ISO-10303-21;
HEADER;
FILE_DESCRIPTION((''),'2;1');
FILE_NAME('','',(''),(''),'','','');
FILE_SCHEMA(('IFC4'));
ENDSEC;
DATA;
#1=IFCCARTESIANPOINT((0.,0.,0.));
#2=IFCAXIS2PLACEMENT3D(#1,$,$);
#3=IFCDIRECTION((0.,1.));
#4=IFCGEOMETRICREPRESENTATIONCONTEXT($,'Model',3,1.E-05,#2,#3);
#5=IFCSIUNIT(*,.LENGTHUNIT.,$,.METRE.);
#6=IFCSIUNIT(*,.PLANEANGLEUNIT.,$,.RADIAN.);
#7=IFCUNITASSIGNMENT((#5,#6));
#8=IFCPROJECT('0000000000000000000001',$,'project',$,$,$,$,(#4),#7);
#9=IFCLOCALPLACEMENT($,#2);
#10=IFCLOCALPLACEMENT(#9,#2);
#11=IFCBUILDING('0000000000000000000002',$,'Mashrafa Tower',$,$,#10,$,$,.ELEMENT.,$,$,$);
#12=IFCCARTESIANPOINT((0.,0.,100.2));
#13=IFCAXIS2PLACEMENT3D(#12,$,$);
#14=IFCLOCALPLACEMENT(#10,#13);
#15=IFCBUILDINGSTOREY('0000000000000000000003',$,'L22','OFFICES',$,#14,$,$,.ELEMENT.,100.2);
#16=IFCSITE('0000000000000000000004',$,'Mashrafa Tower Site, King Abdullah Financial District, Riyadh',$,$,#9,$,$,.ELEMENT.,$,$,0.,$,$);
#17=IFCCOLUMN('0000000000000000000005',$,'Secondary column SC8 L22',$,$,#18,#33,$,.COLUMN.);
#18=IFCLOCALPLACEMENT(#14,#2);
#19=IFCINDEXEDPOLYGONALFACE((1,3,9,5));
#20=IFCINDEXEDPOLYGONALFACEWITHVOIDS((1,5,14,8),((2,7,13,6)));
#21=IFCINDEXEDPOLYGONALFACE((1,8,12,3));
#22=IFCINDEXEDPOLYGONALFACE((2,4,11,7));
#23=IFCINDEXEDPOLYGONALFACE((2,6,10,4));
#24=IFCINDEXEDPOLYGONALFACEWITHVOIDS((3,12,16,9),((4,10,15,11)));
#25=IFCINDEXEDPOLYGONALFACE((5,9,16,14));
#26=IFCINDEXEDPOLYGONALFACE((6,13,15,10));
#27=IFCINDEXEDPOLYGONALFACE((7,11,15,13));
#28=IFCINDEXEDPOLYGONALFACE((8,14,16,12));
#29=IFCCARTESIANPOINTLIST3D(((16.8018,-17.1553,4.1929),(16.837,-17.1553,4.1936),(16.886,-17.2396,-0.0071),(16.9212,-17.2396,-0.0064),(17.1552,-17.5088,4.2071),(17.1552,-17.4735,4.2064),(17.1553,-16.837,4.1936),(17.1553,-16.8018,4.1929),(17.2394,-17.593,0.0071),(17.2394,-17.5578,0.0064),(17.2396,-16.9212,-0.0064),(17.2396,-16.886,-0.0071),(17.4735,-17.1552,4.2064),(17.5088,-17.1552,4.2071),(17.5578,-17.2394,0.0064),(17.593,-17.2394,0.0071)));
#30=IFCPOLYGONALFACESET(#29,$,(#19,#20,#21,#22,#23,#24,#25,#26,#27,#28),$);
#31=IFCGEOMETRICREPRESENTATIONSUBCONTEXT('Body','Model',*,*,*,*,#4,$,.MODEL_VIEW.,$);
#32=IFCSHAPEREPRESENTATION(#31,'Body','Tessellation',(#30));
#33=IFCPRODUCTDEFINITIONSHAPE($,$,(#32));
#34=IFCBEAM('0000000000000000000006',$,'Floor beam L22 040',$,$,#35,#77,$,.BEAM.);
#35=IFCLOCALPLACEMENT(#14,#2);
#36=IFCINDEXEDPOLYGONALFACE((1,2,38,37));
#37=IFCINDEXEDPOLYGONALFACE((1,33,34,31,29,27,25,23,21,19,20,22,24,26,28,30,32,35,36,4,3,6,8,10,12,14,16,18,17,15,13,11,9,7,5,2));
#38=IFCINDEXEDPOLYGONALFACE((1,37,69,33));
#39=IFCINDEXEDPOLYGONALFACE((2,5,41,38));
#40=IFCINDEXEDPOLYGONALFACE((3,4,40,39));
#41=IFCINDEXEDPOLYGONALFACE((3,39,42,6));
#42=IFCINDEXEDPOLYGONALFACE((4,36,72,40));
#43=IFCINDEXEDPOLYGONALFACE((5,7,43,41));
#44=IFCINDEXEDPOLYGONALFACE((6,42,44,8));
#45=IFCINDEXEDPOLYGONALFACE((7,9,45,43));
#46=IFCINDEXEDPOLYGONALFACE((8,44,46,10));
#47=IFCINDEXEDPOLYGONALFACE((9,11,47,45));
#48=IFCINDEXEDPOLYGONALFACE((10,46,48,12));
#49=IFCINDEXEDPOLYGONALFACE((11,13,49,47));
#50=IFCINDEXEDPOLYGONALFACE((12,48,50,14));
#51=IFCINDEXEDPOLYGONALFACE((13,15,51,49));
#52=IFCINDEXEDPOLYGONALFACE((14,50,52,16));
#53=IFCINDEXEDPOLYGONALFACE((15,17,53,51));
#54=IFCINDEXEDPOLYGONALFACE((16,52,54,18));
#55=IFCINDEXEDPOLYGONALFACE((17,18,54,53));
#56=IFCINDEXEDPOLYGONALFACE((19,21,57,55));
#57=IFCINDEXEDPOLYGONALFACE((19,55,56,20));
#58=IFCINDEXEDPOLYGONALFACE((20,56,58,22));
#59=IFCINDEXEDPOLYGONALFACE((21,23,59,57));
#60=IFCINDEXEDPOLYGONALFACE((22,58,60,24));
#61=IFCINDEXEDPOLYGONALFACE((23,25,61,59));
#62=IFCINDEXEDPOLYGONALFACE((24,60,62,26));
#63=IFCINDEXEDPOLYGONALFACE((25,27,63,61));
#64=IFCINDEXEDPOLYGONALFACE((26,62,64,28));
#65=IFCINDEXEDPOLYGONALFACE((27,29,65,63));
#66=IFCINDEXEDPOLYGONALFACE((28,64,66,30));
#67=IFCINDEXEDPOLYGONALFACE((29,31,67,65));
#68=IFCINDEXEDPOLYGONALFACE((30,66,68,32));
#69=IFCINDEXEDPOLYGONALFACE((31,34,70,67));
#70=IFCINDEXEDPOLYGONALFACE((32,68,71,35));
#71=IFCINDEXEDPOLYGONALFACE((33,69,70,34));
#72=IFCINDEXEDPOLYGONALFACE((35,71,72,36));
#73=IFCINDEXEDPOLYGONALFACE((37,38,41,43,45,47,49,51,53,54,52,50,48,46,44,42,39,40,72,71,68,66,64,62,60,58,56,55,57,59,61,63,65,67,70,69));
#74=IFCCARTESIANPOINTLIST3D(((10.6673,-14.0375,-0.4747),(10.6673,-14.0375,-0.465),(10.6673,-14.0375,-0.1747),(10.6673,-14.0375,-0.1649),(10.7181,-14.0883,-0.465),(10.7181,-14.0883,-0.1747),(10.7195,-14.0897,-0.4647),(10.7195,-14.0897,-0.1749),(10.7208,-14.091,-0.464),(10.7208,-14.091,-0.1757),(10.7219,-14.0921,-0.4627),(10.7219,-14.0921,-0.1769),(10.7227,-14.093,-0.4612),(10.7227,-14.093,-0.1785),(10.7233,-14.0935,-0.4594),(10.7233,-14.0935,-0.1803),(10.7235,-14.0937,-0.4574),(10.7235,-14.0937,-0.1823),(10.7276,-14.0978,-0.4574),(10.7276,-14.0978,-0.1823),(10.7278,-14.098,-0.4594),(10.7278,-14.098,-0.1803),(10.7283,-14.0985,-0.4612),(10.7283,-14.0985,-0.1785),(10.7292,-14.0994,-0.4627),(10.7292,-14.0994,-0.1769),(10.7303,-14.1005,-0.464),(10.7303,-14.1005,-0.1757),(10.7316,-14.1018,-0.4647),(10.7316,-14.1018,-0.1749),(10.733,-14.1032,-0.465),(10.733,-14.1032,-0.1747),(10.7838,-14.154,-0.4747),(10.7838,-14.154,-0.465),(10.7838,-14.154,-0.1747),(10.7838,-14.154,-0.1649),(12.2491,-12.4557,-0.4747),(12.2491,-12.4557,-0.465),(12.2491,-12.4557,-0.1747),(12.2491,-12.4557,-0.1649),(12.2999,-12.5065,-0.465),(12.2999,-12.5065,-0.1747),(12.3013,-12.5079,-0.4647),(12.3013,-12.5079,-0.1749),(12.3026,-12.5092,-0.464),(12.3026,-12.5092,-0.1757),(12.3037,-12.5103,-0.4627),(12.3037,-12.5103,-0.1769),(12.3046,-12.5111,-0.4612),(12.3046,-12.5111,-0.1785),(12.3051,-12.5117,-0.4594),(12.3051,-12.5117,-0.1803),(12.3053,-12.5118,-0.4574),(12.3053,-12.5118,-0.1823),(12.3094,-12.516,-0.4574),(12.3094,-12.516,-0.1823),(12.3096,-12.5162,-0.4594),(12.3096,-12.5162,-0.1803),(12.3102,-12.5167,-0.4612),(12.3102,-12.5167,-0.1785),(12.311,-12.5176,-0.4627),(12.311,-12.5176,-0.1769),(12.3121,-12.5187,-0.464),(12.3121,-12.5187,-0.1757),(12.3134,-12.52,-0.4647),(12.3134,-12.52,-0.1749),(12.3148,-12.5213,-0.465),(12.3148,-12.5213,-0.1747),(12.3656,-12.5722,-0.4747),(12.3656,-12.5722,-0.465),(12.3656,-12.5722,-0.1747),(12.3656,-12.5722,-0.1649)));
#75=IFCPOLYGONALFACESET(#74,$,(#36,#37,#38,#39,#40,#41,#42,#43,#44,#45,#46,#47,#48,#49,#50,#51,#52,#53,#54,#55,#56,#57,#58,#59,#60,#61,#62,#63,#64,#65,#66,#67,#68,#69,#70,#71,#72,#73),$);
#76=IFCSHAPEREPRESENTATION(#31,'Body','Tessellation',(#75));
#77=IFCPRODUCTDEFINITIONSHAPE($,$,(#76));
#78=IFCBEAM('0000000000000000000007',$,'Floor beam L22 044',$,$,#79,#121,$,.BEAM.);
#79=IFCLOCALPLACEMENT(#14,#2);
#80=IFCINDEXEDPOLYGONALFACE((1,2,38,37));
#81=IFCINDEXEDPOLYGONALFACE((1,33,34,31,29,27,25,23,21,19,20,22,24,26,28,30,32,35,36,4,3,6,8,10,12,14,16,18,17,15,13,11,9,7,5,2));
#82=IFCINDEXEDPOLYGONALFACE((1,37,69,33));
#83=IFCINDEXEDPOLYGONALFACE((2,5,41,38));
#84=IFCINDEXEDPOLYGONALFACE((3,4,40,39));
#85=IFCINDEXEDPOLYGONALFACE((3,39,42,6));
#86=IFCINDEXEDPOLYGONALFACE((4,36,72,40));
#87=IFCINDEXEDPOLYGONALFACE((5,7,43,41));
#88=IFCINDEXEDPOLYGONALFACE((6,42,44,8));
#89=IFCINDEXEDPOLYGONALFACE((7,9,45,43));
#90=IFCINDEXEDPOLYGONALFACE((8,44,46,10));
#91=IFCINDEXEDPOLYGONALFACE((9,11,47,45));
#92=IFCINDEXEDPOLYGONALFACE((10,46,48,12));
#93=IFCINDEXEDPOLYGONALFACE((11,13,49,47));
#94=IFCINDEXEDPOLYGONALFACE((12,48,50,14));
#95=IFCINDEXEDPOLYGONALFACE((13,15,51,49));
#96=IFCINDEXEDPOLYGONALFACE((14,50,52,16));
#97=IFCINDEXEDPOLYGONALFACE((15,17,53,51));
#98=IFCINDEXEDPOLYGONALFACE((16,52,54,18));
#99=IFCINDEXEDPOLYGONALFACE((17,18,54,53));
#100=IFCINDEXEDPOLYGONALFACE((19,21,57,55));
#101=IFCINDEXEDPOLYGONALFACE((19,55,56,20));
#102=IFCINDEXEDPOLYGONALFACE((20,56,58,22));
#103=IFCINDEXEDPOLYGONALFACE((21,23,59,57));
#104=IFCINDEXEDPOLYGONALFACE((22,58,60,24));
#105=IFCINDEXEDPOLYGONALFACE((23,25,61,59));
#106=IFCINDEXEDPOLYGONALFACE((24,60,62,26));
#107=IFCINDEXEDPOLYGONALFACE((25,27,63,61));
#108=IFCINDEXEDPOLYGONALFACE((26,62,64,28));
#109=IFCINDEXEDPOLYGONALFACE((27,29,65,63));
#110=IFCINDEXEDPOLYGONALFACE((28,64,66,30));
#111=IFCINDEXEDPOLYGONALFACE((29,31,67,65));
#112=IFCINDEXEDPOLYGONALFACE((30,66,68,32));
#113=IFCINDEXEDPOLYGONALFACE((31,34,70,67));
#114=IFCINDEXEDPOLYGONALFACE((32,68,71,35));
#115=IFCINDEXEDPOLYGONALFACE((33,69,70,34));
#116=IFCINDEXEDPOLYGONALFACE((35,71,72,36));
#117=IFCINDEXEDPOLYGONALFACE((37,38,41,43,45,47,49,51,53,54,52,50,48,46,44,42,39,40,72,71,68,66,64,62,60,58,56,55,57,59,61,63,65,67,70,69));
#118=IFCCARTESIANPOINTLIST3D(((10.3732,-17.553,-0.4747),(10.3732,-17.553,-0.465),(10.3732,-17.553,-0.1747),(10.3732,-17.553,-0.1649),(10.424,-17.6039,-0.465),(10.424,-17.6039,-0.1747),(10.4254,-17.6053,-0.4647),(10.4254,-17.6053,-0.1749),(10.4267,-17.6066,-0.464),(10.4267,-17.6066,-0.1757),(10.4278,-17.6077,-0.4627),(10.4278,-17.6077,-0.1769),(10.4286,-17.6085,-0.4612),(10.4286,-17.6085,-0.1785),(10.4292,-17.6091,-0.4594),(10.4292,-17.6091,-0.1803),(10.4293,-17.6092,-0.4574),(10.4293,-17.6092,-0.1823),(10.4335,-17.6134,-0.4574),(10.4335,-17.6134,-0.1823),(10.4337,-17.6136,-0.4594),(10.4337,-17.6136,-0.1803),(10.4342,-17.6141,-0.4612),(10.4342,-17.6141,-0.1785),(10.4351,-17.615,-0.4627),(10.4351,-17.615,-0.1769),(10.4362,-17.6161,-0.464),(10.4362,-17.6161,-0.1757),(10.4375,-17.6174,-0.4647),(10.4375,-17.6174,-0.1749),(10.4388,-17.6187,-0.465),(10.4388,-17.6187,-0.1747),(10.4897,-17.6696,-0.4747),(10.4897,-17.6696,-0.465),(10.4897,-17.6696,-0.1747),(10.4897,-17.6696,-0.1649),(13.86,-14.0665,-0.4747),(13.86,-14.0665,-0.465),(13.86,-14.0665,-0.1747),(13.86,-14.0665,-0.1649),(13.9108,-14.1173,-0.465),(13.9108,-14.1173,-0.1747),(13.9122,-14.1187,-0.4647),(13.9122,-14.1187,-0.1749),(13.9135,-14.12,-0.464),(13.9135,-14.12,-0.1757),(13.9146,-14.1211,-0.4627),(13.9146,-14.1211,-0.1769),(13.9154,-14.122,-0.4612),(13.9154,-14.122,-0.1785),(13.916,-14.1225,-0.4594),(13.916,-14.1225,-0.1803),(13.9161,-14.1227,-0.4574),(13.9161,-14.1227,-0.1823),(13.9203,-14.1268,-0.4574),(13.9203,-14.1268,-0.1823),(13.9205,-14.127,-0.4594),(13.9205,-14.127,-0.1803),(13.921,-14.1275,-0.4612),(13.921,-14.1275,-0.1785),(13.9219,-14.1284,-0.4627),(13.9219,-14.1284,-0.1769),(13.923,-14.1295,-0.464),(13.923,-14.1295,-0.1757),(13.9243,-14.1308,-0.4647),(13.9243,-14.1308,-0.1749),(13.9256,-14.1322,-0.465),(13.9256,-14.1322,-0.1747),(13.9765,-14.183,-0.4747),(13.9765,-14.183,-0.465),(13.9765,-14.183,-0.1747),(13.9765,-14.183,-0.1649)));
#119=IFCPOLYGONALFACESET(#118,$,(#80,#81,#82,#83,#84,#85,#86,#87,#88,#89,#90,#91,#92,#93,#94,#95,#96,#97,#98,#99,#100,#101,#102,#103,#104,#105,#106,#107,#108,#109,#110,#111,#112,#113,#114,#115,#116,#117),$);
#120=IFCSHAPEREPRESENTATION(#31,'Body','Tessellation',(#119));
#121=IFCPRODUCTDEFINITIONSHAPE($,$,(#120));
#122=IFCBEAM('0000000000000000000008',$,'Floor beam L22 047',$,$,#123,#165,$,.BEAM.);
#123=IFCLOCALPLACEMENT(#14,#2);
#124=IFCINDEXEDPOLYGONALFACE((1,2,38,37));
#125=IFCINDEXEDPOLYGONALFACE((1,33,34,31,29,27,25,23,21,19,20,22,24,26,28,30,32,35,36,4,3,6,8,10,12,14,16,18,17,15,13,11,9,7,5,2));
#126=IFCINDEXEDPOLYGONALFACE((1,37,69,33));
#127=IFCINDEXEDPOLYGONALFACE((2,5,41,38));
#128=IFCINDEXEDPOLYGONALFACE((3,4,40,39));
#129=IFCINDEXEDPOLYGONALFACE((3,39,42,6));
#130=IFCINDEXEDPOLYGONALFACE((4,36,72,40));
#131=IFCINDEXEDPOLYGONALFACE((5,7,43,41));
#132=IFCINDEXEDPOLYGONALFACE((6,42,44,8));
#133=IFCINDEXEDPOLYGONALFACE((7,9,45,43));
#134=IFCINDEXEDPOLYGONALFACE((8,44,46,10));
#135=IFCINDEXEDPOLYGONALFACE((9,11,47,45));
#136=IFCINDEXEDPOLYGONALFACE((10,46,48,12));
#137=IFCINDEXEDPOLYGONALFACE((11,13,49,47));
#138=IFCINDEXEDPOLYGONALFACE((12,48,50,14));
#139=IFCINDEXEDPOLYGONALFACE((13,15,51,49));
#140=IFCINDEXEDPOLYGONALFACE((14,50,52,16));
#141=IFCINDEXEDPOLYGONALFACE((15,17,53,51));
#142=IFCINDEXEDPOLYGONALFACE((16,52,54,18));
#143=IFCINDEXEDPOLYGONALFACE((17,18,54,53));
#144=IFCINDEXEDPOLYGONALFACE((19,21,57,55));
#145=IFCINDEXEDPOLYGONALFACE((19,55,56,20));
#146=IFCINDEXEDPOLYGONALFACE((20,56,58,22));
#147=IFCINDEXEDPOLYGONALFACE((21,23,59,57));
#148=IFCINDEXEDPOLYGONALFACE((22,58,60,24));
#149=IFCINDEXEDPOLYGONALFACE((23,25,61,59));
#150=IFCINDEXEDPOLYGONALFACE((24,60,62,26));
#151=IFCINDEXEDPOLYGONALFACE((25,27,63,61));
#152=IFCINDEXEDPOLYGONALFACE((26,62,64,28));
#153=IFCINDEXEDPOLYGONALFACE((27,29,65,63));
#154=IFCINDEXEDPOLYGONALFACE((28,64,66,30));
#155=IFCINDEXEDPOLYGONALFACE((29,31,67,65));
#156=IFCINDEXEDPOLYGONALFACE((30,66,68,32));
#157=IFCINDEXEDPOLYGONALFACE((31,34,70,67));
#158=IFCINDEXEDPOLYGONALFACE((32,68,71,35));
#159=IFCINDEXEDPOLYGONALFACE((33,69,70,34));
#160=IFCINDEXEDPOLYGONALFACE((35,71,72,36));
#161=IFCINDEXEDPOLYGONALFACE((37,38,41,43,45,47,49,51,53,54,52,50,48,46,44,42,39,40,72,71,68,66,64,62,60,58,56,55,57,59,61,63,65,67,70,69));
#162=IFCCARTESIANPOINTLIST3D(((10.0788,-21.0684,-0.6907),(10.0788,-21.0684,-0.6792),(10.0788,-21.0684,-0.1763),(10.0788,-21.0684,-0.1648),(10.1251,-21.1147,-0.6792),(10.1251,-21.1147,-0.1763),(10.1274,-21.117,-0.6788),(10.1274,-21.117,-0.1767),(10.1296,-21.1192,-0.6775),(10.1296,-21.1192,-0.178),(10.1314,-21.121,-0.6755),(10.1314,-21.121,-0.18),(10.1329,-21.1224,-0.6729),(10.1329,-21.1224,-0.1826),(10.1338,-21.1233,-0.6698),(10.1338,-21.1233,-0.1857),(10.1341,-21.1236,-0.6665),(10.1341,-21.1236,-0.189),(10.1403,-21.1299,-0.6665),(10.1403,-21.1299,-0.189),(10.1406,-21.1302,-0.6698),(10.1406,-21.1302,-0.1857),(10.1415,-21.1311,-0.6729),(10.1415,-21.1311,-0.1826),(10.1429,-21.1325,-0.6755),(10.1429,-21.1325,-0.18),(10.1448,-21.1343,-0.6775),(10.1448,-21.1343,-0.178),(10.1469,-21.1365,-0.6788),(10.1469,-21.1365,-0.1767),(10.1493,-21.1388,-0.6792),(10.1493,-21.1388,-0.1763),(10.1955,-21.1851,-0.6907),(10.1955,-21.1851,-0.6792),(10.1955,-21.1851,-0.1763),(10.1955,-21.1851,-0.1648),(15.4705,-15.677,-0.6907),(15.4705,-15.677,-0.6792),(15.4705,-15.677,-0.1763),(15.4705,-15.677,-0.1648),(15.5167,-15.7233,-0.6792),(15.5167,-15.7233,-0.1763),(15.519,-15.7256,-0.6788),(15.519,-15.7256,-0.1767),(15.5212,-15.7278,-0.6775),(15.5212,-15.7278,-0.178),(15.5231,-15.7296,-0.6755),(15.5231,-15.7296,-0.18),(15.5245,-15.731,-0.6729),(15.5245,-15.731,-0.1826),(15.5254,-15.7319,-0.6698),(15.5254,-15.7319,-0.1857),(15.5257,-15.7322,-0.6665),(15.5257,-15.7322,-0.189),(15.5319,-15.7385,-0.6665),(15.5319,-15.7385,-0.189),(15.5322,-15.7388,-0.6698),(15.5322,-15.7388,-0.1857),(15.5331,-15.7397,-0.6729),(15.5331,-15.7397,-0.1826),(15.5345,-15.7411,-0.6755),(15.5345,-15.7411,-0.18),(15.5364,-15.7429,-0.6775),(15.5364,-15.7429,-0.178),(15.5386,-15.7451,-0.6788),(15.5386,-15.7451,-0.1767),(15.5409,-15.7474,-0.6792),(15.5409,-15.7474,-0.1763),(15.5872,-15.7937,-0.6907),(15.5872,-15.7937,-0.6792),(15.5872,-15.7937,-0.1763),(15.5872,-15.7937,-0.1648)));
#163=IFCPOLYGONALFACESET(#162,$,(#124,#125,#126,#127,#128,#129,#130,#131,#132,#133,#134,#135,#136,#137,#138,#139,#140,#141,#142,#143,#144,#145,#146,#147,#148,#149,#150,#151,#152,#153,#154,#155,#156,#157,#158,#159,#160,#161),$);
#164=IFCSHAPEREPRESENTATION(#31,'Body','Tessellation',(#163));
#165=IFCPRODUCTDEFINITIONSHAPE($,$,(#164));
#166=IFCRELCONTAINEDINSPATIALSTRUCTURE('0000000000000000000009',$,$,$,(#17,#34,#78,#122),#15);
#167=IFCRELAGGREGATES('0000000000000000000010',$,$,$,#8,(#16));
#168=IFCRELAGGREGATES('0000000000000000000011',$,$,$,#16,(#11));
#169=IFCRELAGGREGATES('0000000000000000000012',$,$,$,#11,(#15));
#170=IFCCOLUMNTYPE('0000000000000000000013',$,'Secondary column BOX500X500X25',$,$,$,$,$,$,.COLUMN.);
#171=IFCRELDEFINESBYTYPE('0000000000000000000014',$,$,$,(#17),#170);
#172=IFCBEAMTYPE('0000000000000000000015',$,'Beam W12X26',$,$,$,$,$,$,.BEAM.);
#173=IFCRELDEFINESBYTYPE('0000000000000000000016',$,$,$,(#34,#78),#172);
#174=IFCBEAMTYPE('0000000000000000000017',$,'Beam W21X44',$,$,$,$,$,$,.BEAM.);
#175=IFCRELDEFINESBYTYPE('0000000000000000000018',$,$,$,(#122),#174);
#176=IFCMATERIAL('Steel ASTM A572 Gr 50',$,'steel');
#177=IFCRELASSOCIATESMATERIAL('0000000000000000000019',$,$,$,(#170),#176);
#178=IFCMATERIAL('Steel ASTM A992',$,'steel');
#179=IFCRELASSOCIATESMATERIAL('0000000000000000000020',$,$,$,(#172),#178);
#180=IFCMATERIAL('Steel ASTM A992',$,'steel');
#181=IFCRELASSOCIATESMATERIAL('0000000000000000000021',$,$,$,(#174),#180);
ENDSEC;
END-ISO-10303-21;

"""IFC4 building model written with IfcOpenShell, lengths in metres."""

from ifc_helpers import new_model, si_unit, direction, frame, origin, origin_2d, place, context, subcontext, project, spatial, hollow_rectangle, i_section, extrude, material, material_profile, profile_set, type_object, element, save


model = new_model("IFC4")

# Units and contexts
model_context = context("Model", 3, precision=1e-05, world=origin(), true_north=direction((0.0, 1.0)))
body_context = subcontext(model_context, "Body", "Model", "MODEL_VIEW")
ifc_project = project(units=[si_unit("LENGTHUNIT", "METRE"), si_unit("PLANEANGLEUNIT", "RADIAN")], contexts=[model_context])

# Site, building, storey
site_placement = place(None, origin())
site = spatial("IfcSite", under=ifc_project, at=site_placement, Name="Mashrafa Tower Site, King Abdullah Financial District, Riyadh", CompositionType="ELEMENT", RefElevation=0.0)
building_placement = place(site_placement, origin())
building = spatial("IfcBuilding", under=site, at=building_placement, Name="Mashrafa Tower", CompositionType="ELEMENT")
storey_placement = place(building_placement, frame((0.0, 0.0, 100.2)))
storey = spatial("IfcBuildingStorey", under=building, at=storey_placement, Name="L22", Description="OFFICES", CompositionType="ELEMENT", Elevation=100.2)

# Column
ifc_material_1 = material(Name="Steel ASTM A572 Gr 50", Category="steel")
ifc_material_profile_1 = material_profile(ifc_material_1, hollow_rectangle(XDim=0.5, YDim=0.5, WallThickness=0.0249, at=origin_2d()), Name="BOX500X500X25")
ifc_profile_set_1 = profile_set([ifc_material_profile_1], Name="Steel ASTM A572 Gr 50")
column_type = type_object("IfcColumnType", Name="Secondary column BOX500X500X25", PredefinedType="COLUMN", material=ifc_profile_set_1)
column_placement = place(storey_placement, frame((17.2395, -17.2395, 0.0), z_axis=(-0.020047, 0.020047, 0.999598), x_axis=(-0.707107, -0.707107, 0.0)))
element("IfcColumn", 1, at=column_placement, inside=storey, type_object=column_type, Name="Secondary column SC8 L22", PredefinedType="COLUMN", context=body_context, shape_type="SweptSolid", body=[
    extrude(hollow_rectangle(XDim=0.5, YDim=0.5, WallThickness=0.0249, at=origin_2d()), origin(), (0.0, 0.0, 1.0), 4.2017),
])

# Beams
ifc_material_2 = material(Name="Steel ASTM A992", Category="steel")
ifc_material_profile_2 = material_profile(ifc_material_2, i_section(OverallWidth=0.1648, OverallDepth=0.3098, WebThickness=0.0059, FlangeThickness=0.0098, FilletRadius=0.0076, at=origin_2d()), Name="W12X26")
ifc_profile_set_2 = profile_set([ifc_material_profile_2], Name="Steel ASTM A992")
beam_type_1 = type_object("IfcBeamType", Name="Beam W12X26", PredefinedType="BEAM", material=ifc_profile_set_2)
beam_1_placement = place(storey_placement, frame((12.3074, -12.5139, -0.3198), z_axis=(-0.707107, -0.707107, 0.0), x_axis=(0.707107, -0.707107, 0.0)))
element("IfcBeam", 2, at=beam_1_placement, inside=storey, type_object=beam_type_1, Name="Floor beam L22 040", PredefinedType="BEAM", context=body_context, shape_type="SweptSolid", body=[
    extrude(i_section(OverallWidth=0.1648, OverallDepth=0.3098, WebThickness=0.0059, FlangeThickness=0.0098, FilletRadius=0.0076, at=origin_2d()), origin(), (0.0, 0.0, 1.0), 2.2371),
])
beam_2_placement = place(storey_placement, frame((13.9182, -14.1248, -0.3198), z_axis=(-0.707132, -0.707082, 0.0), x_axis=(0.707082, -0.707132, 0.0)))
element("IfcBeam", 3, at=beam_2_placement, inside=storey, type_object=beam_type_1, Name="Floor beam L22 044", PredefinedType="BEAM", context=body_context, shape_type="SweptSolid", body=[
    extrude(i_section(OverallWidth=0.1648, OverallDepth=0.3098, WebThickness=0.0059, FlangeThickness=0.0098, FilletRadius=0.0076, at=origin_2d()), origin(), (0.0, 0.0, 1.0), 4.9309),
])
ifc_material_3 = material(Name="Steel ASTM A992", Category="steel")
ifc_material_profile_3 = material_profile(ifc_material_3, i_section(OverallWidth=0.165, OverallDepth=0.5259, WebThickness=0.0088, FlangeThickness=0.0115, FilletRadius=0.0127, at=origin_2d()), Name="W21X44")
ifc_profile_set_3 = profile_set([ifc_material_profile_3], Name="Steel ASTM A992")
beam_type_2 = type_object("IfcBeamType", Name="Beam W21X44", PredefinedType="BEAM", material=ifc_profile_set_3)
beam_3_placement = place(storey_placement, frame((15.5288, -15.7354, -0.4277), z_axis=(-0.707123, -0.707091, 0.0), x_axis=(0.707091, -0.707123, 0.0)))
element("IfcBeam", 4, at=beam_3_placement, inside=storey, type_object=beam_type_2, Name="Floor beam L22 047", PredefinedType="BEAM", context=body_context, shape_type="SweptSolid", body=[
    extrude(i_section(OverallWidth=0.165, OverallDepth=0.5259, WebThickness=0.0088, FlangeThickness=0.0115, FilletRadius=0.0127, at=origin_2d()), origin(), (0.0, 0.0, 1.0), 7.6248),
])

save(model, "model.ifc")
